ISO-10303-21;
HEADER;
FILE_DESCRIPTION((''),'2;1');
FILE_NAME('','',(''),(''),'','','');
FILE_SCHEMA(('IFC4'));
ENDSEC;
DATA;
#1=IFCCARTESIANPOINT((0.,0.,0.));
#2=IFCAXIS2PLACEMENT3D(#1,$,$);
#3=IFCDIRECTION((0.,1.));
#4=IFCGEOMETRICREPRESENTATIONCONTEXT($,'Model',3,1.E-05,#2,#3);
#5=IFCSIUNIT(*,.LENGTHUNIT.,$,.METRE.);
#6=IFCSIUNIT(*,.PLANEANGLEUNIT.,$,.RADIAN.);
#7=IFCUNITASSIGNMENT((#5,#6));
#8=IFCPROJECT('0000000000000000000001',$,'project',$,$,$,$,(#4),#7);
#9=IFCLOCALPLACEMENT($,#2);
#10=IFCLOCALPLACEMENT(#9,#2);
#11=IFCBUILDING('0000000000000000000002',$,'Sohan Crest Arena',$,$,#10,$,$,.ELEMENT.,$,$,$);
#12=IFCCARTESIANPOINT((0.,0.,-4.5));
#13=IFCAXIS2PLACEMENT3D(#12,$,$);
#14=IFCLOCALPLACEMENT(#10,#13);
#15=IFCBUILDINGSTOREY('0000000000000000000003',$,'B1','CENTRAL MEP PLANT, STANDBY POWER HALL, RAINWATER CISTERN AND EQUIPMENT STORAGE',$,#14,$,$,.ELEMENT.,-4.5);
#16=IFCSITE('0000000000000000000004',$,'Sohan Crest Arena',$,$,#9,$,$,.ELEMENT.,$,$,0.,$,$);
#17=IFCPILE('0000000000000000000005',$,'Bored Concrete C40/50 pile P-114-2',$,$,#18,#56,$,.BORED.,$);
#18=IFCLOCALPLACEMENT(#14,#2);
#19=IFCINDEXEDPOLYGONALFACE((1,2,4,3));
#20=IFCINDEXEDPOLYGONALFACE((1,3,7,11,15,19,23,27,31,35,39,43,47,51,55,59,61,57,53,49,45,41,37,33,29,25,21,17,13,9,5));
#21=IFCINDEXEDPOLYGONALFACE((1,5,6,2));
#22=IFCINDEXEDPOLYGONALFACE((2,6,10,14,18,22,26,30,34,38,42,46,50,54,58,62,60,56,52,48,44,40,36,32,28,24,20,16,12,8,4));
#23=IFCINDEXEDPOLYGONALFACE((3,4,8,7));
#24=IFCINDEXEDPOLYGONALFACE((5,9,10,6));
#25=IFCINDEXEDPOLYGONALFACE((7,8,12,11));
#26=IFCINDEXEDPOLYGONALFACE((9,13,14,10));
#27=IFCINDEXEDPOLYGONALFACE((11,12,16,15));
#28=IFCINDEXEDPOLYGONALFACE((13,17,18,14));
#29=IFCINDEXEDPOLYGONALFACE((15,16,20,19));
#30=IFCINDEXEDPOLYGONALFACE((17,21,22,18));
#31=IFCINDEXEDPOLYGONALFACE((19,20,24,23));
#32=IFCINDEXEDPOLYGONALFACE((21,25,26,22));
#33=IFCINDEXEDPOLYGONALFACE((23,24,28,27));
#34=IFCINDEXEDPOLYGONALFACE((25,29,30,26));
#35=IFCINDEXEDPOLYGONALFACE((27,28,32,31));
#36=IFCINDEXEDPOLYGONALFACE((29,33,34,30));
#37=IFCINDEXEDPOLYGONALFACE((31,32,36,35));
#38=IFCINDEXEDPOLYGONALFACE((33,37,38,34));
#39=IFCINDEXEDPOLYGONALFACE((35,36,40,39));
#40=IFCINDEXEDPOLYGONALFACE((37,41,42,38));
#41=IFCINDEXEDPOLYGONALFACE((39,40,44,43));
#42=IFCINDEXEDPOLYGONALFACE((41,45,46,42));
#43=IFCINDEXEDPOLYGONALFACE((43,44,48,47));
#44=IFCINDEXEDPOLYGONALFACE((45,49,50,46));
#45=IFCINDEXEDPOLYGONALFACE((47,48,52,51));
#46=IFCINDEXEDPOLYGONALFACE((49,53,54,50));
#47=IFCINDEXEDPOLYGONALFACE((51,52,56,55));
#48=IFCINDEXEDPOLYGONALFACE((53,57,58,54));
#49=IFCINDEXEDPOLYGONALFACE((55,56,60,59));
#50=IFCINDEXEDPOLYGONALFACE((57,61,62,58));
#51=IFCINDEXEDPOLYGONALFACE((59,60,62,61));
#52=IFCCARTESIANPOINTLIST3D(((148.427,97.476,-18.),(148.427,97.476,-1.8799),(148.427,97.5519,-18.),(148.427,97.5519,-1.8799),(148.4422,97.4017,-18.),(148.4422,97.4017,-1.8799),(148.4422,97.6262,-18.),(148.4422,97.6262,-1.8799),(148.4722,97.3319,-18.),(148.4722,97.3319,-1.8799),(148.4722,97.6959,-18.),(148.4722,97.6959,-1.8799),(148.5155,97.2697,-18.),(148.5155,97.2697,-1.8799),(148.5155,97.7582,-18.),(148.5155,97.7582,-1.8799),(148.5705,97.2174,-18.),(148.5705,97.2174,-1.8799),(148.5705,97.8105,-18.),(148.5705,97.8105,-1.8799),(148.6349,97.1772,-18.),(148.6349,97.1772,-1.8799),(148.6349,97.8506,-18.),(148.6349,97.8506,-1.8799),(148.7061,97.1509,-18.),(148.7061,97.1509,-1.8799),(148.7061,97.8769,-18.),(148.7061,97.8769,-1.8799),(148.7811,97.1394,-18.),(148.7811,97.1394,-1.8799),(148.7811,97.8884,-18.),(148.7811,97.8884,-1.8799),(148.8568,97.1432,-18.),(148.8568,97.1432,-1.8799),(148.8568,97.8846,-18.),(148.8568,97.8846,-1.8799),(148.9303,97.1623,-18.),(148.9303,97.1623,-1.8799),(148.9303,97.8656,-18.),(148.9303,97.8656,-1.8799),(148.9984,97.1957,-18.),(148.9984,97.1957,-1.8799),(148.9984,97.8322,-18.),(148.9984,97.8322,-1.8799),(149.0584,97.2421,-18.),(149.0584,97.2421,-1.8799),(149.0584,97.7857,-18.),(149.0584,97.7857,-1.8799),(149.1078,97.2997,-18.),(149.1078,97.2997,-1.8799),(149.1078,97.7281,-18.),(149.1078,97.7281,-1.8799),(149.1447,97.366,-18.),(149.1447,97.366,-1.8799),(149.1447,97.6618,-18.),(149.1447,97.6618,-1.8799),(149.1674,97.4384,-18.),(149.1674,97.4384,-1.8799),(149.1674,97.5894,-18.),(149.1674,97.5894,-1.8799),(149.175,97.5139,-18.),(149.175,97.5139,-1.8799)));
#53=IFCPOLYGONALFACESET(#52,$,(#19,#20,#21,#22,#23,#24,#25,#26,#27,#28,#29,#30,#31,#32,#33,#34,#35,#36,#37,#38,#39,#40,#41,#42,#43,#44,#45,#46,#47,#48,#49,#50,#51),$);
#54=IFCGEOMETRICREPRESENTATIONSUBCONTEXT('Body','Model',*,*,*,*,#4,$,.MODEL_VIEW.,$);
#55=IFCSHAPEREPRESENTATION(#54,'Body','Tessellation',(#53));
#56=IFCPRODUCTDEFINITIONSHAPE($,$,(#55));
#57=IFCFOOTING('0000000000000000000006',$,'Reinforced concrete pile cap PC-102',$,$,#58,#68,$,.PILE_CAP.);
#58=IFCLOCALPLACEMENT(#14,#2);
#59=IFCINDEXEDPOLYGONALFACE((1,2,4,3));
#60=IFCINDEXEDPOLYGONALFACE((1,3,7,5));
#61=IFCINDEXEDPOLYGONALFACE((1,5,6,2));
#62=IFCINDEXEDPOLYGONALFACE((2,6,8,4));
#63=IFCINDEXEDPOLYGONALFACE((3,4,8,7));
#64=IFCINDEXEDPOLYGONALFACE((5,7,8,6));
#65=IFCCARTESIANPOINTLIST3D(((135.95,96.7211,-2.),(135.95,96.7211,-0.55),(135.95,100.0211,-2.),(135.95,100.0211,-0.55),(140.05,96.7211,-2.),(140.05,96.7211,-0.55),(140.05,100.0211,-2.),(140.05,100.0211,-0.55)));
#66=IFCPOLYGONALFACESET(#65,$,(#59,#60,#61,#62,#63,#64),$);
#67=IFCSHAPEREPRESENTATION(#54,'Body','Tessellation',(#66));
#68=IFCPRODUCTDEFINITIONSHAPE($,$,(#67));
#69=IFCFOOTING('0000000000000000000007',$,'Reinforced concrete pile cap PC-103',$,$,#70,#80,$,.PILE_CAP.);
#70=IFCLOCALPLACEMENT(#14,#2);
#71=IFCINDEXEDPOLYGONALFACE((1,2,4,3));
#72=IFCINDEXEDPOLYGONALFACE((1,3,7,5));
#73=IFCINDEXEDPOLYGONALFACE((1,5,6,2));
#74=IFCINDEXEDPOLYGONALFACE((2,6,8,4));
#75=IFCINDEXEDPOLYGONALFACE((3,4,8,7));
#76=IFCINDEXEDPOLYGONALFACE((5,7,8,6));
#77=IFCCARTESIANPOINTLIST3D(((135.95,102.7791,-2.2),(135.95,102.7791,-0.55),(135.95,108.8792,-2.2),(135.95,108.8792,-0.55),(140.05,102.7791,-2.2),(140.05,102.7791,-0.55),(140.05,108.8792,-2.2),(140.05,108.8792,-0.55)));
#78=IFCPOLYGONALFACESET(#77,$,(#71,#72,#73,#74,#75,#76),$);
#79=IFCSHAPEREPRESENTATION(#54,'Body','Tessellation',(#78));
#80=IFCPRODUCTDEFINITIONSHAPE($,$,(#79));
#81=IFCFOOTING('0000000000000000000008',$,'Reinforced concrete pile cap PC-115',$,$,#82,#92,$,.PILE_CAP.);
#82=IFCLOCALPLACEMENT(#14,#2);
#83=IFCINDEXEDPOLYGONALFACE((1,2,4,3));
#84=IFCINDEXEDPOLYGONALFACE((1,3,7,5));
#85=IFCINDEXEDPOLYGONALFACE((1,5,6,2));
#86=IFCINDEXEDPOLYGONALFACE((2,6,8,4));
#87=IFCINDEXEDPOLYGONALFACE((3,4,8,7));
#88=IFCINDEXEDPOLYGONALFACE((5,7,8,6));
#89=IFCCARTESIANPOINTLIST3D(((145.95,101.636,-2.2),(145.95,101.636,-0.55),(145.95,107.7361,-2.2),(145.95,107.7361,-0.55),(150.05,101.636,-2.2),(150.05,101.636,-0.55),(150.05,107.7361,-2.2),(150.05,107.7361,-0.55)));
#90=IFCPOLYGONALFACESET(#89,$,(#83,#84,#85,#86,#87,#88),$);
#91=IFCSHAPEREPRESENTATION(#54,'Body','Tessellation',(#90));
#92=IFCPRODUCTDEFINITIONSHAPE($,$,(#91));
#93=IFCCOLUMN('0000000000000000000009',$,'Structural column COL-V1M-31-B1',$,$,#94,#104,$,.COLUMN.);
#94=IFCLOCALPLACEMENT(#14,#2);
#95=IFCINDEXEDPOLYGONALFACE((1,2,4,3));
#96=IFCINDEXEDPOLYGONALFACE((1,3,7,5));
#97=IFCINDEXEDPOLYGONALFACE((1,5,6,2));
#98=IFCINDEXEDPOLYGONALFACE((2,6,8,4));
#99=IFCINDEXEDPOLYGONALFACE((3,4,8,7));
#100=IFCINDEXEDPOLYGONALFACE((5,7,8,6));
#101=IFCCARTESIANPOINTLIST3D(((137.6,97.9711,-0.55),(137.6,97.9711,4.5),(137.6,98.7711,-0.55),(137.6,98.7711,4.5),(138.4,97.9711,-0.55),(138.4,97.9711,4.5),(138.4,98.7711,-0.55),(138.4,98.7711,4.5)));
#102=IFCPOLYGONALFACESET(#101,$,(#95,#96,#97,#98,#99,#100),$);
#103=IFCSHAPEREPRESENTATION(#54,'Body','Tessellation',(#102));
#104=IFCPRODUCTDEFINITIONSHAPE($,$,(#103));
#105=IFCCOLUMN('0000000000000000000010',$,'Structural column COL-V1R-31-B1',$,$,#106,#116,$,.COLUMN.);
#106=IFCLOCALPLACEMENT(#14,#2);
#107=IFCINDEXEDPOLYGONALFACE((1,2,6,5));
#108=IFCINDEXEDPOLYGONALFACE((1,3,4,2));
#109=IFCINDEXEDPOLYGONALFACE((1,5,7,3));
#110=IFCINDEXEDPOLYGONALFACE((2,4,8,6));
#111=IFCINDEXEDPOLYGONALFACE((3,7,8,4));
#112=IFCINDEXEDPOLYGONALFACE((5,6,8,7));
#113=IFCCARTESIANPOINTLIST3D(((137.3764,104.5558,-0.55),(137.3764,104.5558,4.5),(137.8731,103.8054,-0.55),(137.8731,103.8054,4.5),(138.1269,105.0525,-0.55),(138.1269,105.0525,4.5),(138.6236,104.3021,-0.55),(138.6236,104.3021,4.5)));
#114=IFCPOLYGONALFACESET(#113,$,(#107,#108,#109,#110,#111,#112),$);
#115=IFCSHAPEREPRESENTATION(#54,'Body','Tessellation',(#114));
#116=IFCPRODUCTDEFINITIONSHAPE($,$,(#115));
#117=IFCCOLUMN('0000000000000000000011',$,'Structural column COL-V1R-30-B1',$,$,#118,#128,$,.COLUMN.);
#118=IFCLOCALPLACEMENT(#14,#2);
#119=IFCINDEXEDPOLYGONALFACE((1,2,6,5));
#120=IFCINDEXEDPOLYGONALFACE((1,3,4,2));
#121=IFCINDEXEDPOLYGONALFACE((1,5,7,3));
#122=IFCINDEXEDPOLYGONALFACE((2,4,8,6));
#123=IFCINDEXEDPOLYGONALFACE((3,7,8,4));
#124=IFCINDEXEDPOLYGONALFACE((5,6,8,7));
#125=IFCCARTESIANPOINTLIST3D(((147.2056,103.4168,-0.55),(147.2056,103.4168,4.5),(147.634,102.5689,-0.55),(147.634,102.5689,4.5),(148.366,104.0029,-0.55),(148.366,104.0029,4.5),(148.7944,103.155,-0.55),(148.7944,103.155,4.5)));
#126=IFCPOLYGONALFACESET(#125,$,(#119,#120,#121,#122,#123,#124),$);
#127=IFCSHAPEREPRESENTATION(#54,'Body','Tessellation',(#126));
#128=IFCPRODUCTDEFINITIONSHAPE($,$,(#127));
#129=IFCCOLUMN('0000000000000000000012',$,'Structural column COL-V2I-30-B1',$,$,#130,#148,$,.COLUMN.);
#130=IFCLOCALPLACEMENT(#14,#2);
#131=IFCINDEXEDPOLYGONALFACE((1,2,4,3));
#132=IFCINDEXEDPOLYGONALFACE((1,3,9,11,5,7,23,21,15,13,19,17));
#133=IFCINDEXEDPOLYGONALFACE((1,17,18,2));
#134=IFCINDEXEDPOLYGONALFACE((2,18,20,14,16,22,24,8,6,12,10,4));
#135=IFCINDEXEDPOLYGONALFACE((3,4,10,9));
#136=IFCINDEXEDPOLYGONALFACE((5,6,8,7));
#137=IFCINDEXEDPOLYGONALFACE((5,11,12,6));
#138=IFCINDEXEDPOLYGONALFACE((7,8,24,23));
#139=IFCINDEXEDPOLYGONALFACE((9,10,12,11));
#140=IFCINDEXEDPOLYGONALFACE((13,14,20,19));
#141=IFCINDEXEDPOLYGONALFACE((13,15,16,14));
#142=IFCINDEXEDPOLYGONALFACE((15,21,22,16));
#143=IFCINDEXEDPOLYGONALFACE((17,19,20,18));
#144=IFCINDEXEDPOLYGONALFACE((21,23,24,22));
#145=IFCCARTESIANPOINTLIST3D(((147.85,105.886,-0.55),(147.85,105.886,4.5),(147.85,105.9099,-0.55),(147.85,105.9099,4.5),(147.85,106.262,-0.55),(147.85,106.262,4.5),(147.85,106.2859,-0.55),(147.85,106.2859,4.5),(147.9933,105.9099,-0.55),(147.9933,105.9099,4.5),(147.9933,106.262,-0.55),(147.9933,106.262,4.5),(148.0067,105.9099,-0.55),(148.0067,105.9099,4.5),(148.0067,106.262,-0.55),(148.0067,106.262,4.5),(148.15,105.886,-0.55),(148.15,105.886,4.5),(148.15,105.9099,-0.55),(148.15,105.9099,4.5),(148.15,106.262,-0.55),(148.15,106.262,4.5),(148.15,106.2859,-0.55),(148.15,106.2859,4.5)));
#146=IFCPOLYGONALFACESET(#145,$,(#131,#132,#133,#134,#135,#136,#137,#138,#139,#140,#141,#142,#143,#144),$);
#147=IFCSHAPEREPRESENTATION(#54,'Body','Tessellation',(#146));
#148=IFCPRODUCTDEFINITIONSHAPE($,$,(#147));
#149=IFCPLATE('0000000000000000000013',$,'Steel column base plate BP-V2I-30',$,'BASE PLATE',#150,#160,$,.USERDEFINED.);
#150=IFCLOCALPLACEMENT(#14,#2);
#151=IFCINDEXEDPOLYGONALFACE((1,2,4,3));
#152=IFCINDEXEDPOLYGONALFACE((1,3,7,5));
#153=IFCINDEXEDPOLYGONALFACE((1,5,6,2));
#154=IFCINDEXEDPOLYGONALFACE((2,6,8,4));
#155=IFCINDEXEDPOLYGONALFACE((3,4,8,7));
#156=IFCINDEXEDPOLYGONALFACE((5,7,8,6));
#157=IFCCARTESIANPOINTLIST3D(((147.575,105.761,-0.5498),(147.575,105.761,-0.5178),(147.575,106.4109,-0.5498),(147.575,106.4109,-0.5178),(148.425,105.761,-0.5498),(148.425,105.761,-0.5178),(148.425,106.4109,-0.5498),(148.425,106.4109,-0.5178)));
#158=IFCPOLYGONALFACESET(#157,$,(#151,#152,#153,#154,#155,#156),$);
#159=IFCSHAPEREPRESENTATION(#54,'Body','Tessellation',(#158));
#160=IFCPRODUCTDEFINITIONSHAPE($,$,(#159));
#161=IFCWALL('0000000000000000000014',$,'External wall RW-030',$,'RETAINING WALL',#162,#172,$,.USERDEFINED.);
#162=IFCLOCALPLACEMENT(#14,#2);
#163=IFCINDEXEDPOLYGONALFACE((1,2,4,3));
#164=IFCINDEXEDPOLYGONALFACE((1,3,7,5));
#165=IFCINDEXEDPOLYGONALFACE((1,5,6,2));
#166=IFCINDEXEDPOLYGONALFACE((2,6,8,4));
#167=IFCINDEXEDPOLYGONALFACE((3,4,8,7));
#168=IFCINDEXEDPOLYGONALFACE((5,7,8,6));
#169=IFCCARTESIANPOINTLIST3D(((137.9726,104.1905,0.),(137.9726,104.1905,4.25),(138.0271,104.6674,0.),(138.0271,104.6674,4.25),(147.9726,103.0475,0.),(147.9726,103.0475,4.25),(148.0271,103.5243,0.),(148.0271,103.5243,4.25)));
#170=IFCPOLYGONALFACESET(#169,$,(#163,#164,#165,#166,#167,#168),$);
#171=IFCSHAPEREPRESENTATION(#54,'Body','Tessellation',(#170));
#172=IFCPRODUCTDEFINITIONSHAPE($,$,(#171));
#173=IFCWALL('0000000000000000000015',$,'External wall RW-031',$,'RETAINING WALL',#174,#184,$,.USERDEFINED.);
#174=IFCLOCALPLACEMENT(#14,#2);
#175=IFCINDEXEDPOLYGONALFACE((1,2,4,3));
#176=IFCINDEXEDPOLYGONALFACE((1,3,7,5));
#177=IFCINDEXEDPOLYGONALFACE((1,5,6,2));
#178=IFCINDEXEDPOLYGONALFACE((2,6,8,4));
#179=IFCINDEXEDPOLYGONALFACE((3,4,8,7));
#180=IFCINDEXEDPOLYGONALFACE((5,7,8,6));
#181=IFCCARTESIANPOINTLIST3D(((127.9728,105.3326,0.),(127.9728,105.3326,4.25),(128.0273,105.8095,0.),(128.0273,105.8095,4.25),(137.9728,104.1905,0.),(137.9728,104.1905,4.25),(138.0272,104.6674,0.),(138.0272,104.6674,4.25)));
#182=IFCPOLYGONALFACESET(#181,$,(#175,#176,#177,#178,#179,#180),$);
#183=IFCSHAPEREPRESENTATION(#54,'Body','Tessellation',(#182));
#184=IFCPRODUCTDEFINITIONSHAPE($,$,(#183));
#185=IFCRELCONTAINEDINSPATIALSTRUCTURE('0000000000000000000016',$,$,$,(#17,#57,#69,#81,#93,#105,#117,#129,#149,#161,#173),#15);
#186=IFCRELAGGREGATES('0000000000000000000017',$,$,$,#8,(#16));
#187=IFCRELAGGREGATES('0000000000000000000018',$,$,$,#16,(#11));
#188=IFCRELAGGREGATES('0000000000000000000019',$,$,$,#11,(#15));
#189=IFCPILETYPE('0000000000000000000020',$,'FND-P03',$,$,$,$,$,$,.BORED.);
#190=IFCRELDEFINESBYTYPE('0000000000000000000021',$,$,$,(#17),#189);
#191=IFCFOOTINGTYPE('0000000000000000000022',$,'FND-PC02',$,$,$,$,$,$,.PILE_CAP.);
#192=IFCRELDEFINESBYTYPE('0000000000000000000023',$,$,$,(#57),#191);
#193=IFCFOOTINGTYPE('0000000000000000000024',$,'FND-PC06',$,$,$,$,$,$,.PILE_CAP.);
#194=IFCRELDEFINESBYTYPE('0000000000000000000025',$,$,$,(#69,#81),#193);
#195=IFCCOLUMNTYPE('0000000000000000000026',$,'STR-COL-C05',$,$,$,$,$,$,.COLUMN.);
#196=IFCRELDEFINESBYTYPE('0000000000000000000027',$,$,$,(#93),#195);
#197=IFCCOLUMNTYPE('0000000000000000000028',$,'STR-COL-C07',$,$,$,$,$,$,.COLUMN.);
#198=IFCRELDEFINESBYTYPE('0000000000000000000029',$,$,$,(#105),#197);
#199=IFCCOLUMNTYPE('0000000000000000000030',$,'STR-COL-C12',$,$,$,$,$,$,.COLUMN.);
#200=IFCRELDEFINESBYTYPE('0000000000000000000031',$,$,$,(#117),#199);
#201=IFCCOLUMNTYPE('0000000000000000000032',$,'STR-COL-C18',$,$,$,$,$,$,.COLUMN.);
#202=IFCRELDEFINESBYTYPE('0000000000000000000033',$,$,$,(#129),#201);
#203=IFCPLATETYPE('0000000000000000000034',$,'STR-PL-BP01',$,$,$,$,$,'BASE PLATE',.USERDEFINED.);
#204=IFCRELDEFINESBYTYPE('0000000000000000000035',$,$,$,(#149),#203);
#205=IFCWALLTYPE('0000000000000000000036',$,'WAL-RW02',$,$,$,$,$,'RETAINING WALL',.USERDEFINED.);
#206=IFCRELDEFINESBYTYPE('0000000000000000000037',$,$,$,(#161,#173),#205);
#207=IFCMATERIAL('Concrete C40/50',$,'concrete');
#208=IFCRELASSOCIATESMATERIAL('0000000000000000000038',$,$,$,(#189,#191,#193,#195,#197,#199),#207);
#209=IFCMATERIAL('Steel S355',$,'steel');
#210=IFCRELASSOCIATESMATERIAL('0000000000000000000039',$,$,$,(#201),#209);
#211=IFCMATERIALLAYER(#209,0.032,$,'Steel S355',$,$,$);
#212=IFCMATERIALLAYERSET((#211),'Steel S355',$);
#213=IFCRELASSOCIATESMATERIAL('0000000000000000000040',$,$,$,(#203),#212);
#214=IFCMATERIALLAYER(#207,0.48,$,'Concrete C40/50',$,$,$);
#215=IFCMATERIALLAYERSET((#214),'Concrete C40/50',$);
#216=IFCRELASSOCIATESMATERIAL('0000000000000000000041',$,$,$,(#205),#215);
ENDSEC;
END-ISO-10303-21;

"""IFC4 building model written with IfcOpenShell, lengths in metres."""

from ifc_helpers import new_model, si_unit, direction, frame, frame_2d, origin, origin_2d, place, context, subcontext, project, spatial, rectangle, circle, i_section, extrude, material, layer, layer_set, material_profile, profile_set, type_object, element, save


model = new_model("IFC4")

# Units and contexts
model_context = context("Model", 3, precision=1e-05, world=origin(), true_north=direction((0.0, 1.0)))
body_context = subcontext(model_context, "Body", "Model", "MODEL_VIEW")
ifc_project = project(units=[si_unit("LENGTHUNIT", "METRE"), si_unit("PLANEANGLEUNIT", "RADIAN")], contexts=[model_context])

# Site, building, storey
site_placement = place(None, origin())
site = spatial("IfcSite", under=ifc_project, at=site_placement, Name="Sohan Crest Arena", CompositionType="ELEMENT", RefElevation=0.0)
building_placement = place(site_placement, origin())
building = spatial("IfcBuilding", under=site, at=building_placement, Name="Sohan Crest Arena", CompositionType="ELEMENT")
storey_placement = place(building_placement, frame((0.0, 0.0, -4.5)))
storey = spatial("IfcBuildingStorey", under=building, at=storey_placement, Name="B1", Description="CENTRAL MEP PLANT, STANDBY POWER HALL, RAINWATER CISTERN AND EQUIPMENT STORAGE", CompositionType="ELEMENT", Elevation=-4.5)

# Shared definitions
ifc_material_1 = material(Name="Concrete C40/50", Category="concrete")

# Pile
ifc_material_profile_1 = material_profile(ifc_material_1, circle(Radius=0.375, at=origin_2d()), Name="PILE D750")
ifc_profile_set_1 = profile_set([ifc_material_profile_1], Name="Concrete C40/50")
pile_type_1 = type_object("IfcPileType", Name="FND-P03", PredefinedType="BORED", material=ifc_profile_set_1)
for number, where, z_axis, x_axis, name in (
    (1, (148.8, 97.5139, -18.0), (0.0, 0.0, 1.0), (1.0, 0.0, 0.0), "Bored Concrete C40/50 pile P-114-2"),
):
    element("IfcPile", number, at=place(storey_placement, frame(where, z_axis=z_axis, x_axis=x_axis)), inside=storey, type_object=pile_type_1, Name=name, PredefinedType="BORED", context=body_context, shape_type="SweptSolid", body=[
        extrude(circle(Radius=0.375, at=origin_2d()), origin(), (0.0, 0.0, 1.0), 16.1201),
    ])

# Footings
footing_type_1 = type_object("IfcFootingType", Name="FND-PC02", PredefinedType="PILE_CAP", material=ifc_material_1)
footing_1_placement = place(storey_placement, frame((138.0, 98.3711, -2.0), z_axis=(0.0, 0.0, 1.0), x_axis=(1.0, 0.0, 0.0)))
element("IfcFooting", 2, at=footing_1_placement, inside=storey, type_object=footing_type_1, Name="Reinforced concrete pile cap PC-102", PredefinedType="PILE_CAP", context=body_context, shape_type="SweptSolid", body=[
    extrude(rectangle(XDim=4.1001, YDim=3.3, at=origin_2d()), origin(), (0.0, 0.0, 1.0), 1.45),
])
footing_type_2 = type_object("IfcFootingType", Name="FND-PC06", PredefinedType="PILE_CAP", material=ifc_material_1)
for number, where, z_axis, x_axis, name in (
    (3, (138.0, 105.8291, -2.2), (0.0, 0.0, 1.0), (0.0, 1.0, 0.0), "Reinforced concrete pile cap PC-103"),
    (4, (148.0, 104.686, -2.2), (0.0, 0.0, 1.0), (0.0, 1.0, 0.0), "Reinforced concrete pile cap PC-115"),
):
    element("IfcFooting", number, at=place(storey_placement, frame(where, z_axis=z_axis, x_axis=x_axis)), inside=storey, type_object=footing_type_2, Name=name, PredefinedType="PILE_CAP", context=body_context, shape_type="SweptSolid", body=[
        extrude(rectangle(XDim=6.1001, YDim=4.1001, at=origin_2d()), origin(), (0.0, 0.0, 1.0), 1.6499),
    ])

# Columns
ifc_material_profile_2 = material_profile(ifc_material_1, rectangle(XDim=0.8, YDim=0.8, at=origin_2d()), Name="RC 800x800")
ifc_profile_set_2 = profile_set([ifc_material_profile_2], Name="Concrete C40/50")
column_type_1 = type_object("IfcColumnType", Name="STR-COL-C05", PredefinedType="COLUMN", material=ifc_profile_set_2)
column_1_placement = place(storey_placement, frame((138.0, 98.3711, -0.55), z_axis=(0.0, 0.0, 1.0), x_axis=(1.0, 0.0, 0.0)))
element("IfcColumn", 5, at=column_1_placement, inside=storey, type_object=column_type_1, Name="Structural column COL-V1M-31-B1", PredefinedType="COLUMN", context=body_context, shape_type="SweptSolid", body=[
    extrude(rectangle(XDim=0.8, YDim=0.8, at=origin_2d()), origin(), (0.0, 0.0, 1.0), 5.05),
])
ifc_material_profile_3 = material_profile(ifc_material_1, rectangle(XDim=0.8999, YDim=0.8999, at=origin_2d()), Name="RC 900x900")
ifc_profile_set_3 = profile_set([ifc_material_profile_3], Name="Concrete C40/50")
column_type_2 = type_object("IfcColumnType", Name="STR-COL-C07", PredefinedType="COLUMN", material=ifc_profile_set_3)
column_2_placement = place(storey_placement, frame((138.0, 104.429, -0.55), z_axis=(0.0, 0.0, 1.0), x_axis=(0.833886, 0.551937, 0.0)))
element("IfcColumn", 6, at=column_2_placement, inside=storey, type_object=column_type_2, Name="Structural column COL-V1R-31-B1", PredefinedType="COLUMN", context=body_context, shape_type="SweptSolid", body=[
    extrude(rectangle(XDim=0.8999, YDim=0.8999, at=origin_2d()), origin(), (0.0, 0.0, 1.0), 5.05),
])
ifc_material_profile_4 = material_profile(ifc_material_1, rectangle(XDim=1.3, YDim=0.95, at=origin_2d()), Name="RC 1300x950")
ifc_profile_set_4 = profile_set([ifc_material_profile_4], Name="Concrete C40/50")
column_type_3 = type_object("IfcColumnType", Name="STR-COL-C12", PredefinedType="COLUMN", material=ifc_profile_set_4)
column_3_placement = place(storey_placement, frame((148.0, 103.2859, -0.55), z_axis=(0.0, 0.0, 1.0), x_axis=(0.892586, 0.450878, 0.0)))
element("IfcColumn", 7, at=column_3_placement, inside=storey, type_object=column_type_3, Name="Structural column COL-V1R-30-B1", PredefinedType="COLUMN", context=body_context, shape_type="SweptSolid", body=[
    extrude(rectangle(XDim=1.3, YDim=0.95, at=origin_2d()), origin(), (0.0, 0.0, 1.0), 5.05),
])
ifc_material_2 = material(Name="Steel S355", Category="steel")
ifc_material_profile_5 = material_profile(ifc_material_2, i_section(OverallWidth=0.3, OverallDepth=0.3999, WebThickness=0.0134, FlangeThickness=0.0239, at=origin_2d()), Name="HEB 400")
ifc_profile_set_5 = profile_set([ifc_material_profile_5], Name="Steel S355")
column_type_4 = type_object("IfcColumnType", Name="STR-COL-C18", PredefinedType="COLUMN", material=ifc_profile_set_5)
column_4_placement = place(storey_placement, frame((148.0, 106.0859, -0.55), z_axis=(0.0, 0.0, 1.0), x_axis=(1.0, 0.0, 0.0)))
element("IfcColumn", 8, at=column_4_placement, inside=storey, type_object=column_type_4, Name="Structural column COL-V2I-30-B1", PredefinedType="COLUMN", context=body_context, shape_type="SweptSolid", body=[
    extrude(i_section(OverallWidth=0.3, OverallDepth=0.3999, WebThickness=0.0134, FlangeThickness=0.0239, at=origin_2d()), origin(), (0.0, 0.0, 1.0), 5.05),
])

# Plate
ifc_layer_1 = layer(ifc_material_2, 0.032, Name="Steel S355")
ifc_layer_set_1 = layer_set([ifc_layer_1], Name="Steel S355")
plate_type = type_object("IfcPlateType", Name="STR-PL-BP01", ElementType="BASE PLATE", PredefinedType="USERDEFINED", material=ifc_layer_set_1)
plate_placement = place(storey_placement, frame((148.0, 106.0859, -0.5498), z_axis=(0.0, 0.0, 1.0), x_axis=(1.0, 0.0, 0.0)))
element("IfcPlate", 9, at=plate_placement, inside=storey, type_object=plate_type, Name="Steel column base plate BP-V2I-30", ObjectType="BASE PLATE", PredefinedType="USERDEFINED", context=body_context, shape_type="SweptSolid", body=[
    extrude(rectangle(XDim=0.8501, YDim=0.6499, at=origin_2d()), origin(), (0.0, 0.0, 1.0), 0.032),
])

# Walls
ifc_layer_2 = layer(ifc_material_1, 0.48, Name="Concrete C40/50")
ifc_layer_set_2 = layer_set([ifc_layer_2], Name="Concrete C40/50")
wall_type = type_object("IfcWallType", Name="WAL-RW02", ElementType="RETAINING WALL", PredefinedType="USERDEFINED", material=ifc_layer_set_2)
wall_1_placement = place(storey_placement, frame((148.0, 103.2859, 0.0), z_axis=(0.0, 0.0, 1.0), x_axis=(-0.99353, 0.113567, 0.0)))
element("IfcWall", 10, at=wall_1_placement, inside=storey, type_object=wall_type, Name="External wall RW-030", ObjectType="RETAINING WALL", PredefinedType="USERDEFINED", context=body_context, shape_type="SweptSolid", body=[
    extrude(rectangle(XDim=10.0652, YDim=0.48, at=frame_2d((5.0327, 0.0))), origin(), (0.0, 0.0, 1.0), 4.25),
])
wall_2_placement = place(storey_placement, frame((138.0, 104.429, 0.0), z_axis=(0.0, 0.0, 1.0), x_axis=(-0.993541, 0.113471, 0.0)))
element("IfcWall", 11, at=wall_2_placement, inside=storey, type_object=wall_type, Name="External wall RW-031", ObjectType="RETAINING WALL", PredefinedType="USERDEFINED", context=body_context, shape_type="SweptSolid", body=[
    extrude(rectangle(XDim=10.0649, YDim=0.48, at=frame_2d((5.0325, 0.0))), origin(), (0.0, 0.0, 1.0), 4.25),
])

save(model, "model.ifc")
